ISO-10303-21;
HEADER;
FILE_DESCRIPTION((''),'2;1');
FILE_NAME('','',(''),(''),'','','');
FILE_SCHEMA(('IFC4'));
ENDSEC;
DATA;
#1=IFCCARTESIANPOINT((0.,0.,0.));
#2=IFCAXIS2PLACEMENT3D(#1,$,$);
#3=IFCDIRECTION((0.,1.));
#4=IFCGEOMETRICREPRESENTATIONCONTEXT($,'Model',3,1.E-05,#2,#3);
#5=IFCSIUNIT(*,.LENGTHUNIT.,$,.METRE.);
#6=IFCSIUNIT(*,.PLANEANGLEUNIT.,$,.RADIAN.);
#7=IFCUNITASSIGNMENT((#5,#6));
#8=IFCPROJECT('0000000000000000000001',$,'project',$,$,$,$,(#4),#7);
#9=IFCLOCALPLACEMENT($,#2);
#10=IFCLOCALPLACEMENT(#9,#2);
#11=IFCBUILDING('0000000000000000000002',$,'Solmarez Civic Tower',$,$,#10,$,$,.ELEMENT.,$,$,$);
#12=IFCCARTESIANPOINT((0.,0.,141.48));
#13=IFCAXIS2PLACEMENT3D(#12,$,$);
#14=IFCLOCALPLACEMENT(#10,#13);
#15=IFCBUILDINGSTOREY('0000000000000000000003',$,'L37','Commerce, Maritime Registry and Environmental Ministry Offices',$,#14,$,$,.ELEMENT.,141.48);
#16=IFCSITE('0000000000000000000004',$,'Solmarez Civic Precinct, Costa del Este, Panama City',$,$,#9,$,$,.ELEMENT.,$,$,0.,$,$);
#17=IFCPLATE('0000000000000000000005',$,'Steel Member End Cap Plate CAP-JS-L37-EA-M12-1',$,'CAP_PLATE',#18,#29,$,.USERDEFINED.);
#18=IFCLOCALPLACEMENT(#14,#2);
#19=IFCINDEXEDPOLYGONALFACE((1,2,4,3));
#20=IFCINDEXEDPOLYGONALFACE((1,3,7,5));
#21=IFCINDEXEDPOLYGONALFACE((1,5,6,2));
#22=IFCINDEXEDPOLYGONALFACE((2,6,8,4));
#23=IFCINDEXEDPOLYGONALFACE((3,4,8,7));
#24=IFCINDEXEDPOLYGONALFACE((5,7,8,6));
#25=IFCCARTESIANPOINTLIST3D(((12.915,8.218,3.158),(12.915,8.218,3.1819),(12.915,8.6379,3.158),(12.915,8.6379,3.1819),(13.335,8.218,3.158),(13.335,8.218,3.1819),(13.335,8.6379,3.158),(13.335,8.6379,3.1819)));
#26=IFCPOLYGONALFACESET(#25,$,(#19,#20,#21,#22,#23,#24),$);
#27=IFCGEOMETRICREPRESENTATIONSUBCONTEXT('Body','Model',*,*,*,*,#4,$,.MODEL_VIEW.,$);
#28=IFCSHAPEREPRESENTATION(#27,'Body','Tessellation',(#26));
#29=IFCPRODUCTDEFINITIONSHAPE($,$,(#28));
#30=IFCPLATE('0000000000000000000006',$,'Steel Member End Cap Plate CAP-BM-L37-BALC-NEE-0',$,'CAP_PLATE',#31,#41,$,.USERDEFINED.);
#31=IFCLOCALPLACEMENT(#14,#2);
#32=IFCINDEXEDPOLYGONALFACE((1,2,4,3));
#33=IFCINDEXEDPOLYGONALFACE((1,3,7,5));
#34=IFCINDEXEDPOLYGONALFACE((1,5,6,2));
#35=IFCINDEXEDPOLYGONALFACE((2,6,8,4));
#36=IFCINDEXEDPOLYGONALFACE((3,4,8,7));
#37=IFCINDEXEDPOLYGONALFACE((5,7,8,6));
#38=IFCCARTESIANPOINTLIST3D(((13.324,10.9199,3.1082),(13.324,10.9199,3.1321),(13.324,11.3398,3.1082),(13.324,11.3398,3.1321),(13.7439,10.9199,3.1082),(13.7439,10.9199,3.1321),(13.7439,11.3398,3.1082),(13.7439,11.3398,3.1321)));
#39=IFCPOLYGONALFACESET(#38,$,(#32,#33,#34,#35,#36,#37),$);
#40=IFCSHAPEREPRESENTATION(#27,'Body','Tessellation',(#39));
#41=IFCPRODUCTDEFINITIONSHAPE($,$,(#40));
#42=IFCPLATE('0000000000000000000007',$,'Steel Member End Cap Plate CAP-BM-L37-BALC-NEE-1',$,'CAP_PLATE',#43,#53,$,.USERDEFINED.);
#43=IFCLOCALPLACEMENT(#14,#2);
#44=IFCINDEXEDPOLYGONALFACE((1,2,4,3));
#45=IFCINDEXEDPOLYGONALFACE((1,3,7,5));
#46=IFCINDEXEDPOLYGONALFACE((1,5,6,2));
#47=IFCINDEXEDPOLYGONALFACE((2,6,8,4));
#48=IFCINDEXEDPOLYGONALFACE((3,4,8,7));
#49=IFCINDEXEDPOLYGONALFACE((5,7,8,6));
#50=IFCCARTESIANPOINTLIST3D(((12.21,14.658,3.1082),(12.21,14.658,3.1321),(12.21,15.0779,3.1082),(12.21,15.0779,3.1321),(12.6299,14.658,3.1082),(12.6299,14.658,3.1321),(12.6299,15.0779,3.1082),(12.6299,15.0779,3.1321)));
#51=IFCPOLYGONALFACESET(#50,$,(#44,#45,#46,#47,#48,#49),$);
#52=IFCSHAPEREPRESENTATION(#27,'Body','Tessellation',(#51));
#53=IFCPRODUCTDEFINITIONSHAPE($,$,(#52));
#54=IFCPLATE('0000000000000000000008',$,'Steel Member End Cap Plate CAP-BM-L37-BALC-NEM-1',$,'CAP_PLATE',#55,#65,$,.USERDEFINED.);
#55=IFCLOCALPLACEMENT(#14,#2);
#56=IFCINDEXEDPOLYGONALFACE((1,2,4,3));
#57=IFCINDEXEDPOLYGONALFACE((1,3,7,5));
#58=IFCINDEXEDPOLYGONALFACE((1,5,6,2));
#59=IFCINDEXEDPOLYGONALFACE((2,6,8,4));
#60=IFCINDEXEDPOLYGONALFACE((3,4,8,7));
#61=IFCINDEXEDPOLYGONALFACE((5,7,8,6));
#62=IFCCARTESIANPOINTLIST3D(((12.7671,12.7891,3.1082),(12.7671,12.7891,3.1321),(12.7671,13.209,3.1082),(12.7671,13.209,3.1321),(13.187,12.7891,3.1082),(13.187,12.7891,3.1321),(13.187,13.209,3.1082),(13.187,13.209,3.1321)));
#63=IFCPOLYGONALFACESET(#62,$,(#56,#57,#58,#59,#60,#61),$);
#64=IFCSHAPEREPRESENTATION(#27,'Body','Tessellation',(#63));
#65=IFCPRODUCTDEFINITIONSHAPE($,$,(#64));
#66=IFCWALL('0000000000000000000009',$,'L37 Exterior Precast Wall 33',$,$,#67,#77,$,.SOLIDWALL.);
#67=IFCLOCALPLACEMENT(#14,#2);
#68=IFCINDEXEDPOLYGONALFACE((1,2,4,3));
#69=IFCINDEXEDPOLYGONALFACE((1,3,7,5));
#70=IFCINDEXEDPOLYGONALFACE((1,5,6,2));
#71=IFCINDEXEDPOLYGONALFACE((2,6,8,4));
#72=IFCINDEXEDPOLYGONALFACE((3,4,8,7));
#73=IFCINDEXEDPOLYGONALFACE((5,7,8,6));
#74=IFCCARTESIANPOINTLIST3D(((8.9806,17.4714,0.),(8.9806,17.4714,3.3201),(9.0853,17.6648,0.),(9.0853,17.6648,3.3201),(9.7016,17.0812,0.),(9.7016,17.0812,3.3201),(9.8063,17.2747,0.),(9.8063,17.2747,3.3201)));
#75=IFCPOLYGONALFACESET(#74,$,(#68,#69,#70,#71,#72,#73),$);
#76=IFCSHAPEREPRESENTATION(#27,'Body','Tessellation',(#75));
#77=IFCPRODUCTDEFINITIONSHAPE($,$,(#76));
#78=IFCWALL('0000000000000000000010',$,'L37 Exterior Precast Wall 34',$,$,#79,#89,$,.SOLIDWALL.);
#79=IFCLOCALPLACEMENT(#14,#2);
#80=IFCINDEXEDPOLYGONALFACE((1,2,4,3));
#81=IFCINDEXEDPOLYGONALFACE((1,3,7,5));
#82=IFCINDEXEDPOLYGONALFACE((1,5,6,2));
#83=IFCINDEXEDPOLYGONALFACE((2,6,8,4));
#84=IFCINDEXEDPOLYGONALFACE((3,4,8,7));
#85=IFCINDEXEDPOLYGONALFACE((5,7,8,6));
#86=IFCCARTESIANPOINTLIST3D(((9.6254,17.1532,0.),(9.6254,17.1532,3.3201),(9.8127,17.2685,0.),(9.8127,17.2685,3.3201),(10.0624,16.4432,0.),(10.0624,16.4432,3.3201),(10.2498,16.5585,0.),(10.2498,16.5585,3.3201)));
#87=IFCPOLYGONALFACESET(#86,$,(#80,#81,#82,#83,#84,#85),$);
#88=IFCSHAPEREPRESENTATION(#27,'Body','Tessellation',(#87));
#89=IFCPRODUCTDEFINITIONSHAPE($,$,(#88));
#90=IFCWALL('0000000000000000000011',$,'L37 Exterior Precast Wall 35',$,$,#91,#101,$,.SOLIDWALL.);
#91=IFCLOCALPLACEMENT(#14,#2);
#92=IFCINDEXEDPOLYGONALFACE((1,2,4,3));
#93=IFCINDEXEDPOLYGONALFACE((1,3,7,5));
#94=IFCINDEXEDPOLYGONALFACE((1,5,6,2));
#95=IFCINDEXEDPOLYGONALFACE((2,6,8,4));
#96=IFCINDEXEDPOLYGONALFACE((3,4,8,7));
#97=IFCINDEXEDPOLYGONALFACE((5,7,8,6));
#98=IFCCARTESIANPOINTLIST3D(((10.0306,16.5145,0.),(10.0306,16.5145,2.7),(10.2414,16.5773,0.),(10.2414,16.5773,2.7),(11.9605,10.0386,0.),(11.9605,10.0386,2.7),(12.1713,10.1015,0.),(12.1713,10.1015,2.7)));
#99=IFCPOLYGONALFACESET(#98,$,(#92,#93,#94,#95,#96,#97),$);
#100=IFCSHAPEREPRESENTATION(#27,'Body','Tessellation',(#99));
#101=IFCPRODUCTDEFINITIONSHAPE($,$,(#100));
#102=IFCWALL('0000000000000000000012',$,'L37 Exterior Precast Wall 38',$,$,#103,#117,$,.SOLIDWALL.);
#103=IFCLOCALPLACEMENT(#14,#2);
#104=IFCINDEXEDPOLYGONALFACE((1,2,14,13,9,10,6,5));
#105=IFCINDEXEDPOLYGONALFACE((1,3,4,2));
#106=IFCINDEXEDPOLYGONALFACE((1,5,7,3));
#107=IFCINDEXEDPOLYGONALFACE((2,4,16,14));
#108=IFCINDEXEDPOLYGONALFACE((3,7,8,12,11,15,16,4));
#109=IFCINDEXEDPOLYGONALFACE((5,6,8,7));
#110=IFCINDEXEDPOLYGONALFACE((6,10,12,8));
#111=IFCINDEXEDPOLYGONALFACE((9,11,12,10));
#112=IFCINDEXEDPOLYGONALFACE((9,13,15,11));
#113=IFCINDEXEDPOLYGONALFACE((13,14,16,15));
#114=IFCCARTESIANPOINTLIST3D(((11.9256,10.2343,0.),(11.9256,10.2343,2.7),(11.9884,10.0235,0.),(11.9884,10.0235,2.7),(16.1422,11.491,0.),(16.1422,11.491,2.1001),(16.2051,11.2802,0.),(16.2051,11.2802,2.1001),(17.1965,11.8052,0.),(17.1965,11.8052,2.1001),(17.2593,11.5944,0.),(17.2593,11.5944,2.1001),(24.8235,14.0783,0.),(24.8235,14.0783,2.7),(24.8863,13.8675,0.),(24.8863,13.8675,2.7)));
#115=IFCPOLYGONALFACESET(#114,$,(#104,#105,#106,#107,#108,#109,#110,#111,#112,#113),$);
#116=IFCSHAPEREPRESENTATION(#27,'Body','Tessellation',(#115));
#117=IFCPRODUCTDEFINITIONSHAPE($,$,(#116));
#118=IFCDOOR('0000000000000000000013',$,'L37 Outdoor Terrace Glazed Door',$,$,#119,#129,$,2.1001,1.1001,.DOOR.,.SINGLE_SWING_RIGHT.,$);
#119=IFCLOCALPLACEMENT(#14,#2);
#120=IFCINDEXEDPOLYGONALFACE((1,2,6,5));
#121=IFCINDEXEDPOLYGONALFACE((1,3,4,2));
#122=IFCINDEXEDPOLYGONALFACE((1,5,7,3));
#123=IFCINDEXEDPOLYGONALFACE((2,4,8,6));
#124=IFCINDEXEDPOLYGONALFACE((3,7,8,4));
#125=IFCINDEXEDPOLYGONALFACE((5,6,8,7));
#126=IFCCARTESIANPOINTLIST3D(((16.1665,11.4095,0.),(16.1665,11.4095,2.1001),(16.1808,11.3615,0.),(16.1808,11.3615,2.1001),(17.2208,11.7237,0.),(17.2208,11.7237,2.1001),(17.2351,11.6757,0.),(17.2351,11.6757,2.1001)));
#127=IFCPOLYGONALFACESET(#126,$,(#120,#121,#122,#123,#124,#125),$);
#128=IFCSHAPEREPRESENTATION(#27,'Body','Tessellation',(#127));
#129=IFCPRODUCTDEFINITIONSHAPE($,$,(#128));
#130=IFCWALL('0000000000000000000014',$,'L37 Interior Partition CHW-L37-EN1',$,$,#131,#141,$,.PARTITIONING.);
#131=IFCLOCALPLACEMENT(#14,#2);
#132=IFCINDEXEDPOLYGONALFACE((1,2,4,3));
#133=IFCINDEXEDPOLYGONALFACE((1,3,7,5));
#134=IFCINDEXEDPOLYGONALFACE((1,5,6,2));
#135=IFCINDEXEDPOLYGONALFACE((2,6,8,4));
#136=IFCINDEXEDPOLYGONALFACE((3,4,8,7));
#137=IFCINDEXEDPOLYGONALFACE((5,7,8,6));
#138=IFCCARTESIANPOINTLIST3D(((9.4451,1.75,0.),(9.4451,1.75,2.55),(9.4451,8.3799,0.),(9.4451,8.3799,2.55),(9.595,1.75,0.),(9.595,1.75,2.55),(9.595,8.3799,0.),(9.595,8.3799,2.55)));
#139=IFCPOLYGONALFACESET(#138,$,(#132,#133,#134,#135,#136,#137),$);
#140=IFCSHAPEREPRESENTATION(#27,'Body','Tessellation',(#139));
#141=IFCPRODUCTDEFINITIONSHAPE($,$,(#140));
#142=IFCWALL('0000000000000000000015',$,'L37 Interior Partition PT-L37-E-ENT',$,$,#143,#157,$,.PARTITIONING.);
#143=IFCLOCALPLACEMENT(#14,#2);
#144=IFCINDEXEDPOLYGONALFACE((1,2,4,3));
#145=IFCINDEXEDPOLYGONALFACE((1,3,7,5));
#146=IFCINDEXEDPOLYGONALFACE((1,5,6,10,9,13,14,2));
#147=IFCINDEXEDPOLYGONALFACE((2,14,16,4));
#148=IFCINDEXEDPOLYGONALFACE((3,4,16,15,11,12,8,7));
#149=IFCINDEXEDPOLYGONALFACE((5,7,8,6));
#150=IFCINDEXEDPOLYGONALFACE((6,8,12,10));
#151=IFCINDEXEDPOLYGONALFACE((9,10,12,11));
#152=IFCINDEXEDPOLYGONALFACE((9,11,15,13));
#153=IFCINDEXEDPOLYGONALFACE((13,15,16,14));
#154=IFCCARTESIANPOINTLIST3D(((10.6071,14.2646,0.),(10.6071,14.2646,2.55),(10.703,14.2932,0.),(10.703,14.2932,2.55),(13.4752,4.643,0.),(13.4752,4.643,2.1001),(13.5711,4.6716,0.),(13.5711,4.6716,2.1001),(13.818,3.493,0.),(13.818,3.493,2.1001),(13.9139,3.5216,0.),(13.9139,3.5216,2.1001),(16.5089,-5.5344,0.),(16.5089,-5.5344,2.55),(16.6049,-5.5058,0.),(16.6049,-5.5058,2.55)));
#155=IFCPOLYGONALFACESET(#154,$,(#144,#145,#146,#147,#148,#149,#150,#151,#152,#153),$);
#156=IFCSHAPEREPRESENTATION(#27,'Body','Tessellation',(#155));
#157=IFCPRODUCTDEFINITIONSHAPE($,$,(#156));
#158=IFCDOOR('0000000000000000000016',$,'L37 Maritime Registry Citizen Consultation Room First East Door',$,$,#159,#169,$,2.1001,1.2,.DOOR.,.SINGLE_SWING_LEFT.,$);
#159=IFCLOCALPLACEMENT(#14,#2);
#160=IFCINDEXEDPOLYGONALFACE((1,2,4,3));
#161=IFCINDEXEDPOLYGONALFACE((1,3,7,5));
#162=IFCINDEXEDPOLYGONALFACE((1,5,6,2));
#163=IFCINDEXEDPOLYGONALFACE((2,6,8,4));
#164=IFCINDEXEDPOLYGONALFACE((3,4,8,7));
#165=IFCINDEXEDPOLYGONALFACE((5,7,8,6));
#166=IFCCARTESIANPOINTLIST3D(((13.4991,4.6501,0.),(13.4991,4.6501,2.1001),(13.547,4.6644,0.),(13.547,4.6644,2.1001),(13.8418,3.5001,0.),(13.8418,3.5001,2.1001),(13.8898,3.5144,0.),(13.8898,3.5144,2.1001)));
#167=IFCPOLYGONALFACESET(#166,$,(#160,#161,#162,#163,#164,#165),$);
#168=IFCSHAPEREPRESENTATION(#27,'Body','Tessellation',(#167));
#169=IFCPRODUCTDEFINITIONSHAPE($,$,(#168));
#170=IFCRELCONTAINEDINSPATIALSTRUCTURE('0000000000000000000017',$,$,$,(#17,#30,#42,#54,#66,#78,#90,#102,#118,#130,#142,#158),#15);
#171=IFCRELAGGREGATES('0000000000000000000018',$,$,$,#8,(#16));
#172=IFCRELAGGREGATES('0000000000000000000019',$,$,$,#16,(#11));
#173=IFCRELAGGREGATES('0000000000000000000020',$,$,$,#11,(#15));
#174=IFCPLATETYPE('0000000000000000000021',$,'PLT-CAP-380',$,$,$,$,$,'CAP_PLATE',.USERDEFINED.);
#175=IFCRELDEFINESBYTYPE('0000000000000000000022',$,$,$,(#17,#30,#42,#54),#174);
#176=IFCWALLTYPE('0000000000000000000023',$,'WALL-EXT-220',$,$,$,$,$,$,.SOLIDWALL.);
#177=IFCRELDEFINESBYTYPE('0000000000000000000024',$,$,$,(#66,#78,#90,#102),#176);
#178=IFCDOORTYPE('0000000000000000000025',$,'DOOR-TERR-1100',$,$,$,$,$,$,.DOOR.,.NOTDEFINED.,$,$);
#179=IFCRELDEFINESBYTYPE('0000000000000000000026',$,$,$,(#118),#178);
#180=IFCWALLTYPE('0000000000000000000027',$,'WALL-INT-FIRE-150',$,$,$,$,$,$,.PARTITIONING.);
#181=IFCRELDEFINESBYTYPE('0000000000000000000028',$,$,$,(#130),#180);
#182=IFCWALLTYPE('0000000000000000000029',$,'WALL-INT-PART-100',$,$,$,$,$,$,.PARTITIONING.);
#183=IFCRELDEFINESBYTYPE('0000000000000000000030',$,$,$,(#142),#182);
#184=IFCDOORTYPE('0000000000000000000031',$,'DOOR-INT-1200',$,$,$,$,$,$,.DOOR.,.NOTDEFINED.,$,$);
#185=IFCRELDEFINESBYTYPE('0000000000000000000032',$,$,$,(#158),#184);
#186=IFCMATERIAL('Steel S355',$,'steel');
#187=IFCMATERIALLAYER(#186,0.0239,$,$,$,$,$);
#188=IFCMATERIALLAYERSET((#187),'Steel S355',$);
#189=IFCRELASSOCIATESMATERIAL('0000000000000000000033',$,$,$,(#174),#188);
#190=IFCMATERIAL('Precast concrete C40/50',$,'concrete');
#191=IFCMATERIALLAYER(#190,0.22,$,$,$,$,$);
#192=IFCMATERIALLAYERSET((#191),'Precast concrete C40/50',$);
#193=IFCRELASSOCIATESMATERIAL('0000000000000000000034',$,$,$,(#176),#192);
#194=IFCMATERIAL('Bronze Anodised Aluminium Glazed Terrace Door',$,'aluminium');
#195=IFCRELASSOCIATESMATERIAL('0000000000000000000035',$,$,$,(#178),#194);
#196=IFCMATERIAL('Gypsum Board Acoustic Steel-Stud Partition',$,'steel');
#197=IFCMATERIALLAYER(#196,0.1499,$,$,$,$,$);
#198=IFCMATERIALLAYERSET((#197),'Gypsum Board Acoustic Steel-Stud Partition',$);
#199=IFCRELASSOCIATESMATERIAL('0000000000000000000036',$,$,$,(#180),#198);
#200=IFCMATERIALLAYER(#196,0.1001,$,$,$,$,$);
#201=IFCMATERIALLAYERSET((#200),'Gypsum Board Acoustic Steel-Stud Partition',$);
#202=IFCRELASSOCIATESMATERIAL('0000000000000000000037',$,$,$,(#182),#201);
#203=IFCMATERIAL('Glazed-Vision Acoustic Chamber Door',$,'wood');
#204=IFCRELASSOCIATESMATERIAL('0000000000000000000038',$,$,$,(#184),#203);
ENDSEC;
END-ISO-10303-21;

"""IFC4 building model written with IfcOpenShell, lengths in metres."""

from ifc_helpers import new_model, si_unit, direction, frame, frame_2d, origin, origin_2d, place, context, subcontext, project, spatial, rectangle, extrude, material, layer, layer_set, type_object, element, fill, save


model = new_model("IFC4")

# Units and contexts
model_context = context("Model", 3, precision=1e-05, world=origin(), true_north=direction((0.0, 1.0)))
body_context = subcontext(model_context, "Body", "Model", "MODEL_VIEW")
ifc_project = project(units=[si_unit("LENGTHUNIT", "METRE"), si_unit("PLANEANGLEUNIT", "RADIAN")], contexts=[model_context])

# Site, building, storey
site_placement = place(None, origin())
site = spatial("IfcSite", under=ifc_project, at=site_placement, Name="Solmarez Civic Precinct, Costa del Este, Panama City", CompositionType="ELEMENT", RefElevation=0.0)
building_placement = place(site_placement, origin())
building = spatial("IfcBuilding", under=site, at=building_placement, Name="Solmarez Civic Tower", CompositionType="ELEMENT")
storey_placement = place(building_placement, frame((0.0, 0.0, 141.48)))
storey = spatial("IfcBuildingStorey", under=building, at=storey_placement, Name="L37", Description="Commerce, Maritime Registry and Environmental Ministry Offices", CompositionType="ELEMENT", Elevation=141.48)

# Shared definitions
ifc_material_1 = material(Name="Steel S355", Category="steel")

# Plates
ifc_layer_1 = layer(ifc_material_1, 0.0239)
ifc_layer_set_1 = layer_set([ifc_layer_1], Name="Steel S355")
plate_type = type_object("IfcPlateType", Name="PLT-CAP-380", ElementType="CAP_PLATE", PredefinedType="USERDEFINED", material=ifc_layer_set_1)
for number, where, z_axis, x_axis, name in (
    (1, (13.125, 8.428, 3.158), (0.0, 0.0, 1.0), (1.0, 0.0, 0.0), "Steel Member End Cap Plate CAP-JS-L37-EA-M12-1"),
    (2, (13.5339, 11.1299, 3.1082), (0.0, 0.0, 1.0), (1.0, 0.0, 0.0), "Steel Member End Cap Plate CAP-BM-L37-BALC-NEE-0"),
    (3, (12.4199, 14.8679, 3.1082), (0.0, 0.0, 1.0), (1.0, 0.0, 0.0), "Steel Member End Cap Plate CAP-BM-L37-BALC-NEE-1"),
    (4, (12.9771, 12.999, 3.1082), (0.0, 0.0, 1.0), (1.0, 0.0, 0.0), "Steel Member End Cap Plate CAP-BM-L37-BALC-NEM-1"),
):
    element("IfcPlate", number, at=place(storey_placement, frame(where, z_axis=z_axis, x_axis=x_axis)), inside=storey, type_object=plate_type, Name=name, ObjectType="CAP_PLATE", PredefinedType="USERDEFINED", context=body_context, shape_type="SweptSolid", body=[
        extrude(rectangle(XDim=0.4199, YDim=0.4199, at=origin_2d()), origin(), (0.0, 0.0, 1.0), 0.0239),
    ])

# Walls
ifc_material_2 = material(Name="Precast concrete C40/50", Category="concrete")
ifc_layer_2 = layer(ifc_material_2, 0.22)
ifc_layer_set_2 = layer_set([ifc_layer_2], Name="Precast concrete C40/50")
wall_type_1 = type_object("IfcWallType", Name="WALL-EXT-220", PredefinedType="SOLIDWALL", material=ifc_layer_set_2)
wall_1_placement = place(storey_placement, frame((9.033, 17.5681, 0.0), z_axis=(0.0, 0.0, 1.0), x_axis=(0.879484, -0.475928, 0.0)))
element("IfcWall", 5, at=wall_1_placement, inside=storey, type_object=wall_type_1, Name="L37 Exterior Precast Wall 33", PredefinedType="SOLIDWALL", context=body_context, shape_type="SweptSolid", body=[
    extrude(rectangle(XDim=0.8198, YDim=0.22, at=frame_2d((0.4099, 0.0))), origin(), (0.0, 0.0, 1.0), 3.3201),
])
wall_2_placement = place(storey_placement, frame((9.719, 17.2109, 0.0), z_axis=(0.0, 0.0, 1.0), x_axis=(0.524195, -0.851598, 0.0)))
element("IfcWall", 6, at=wall_2_placement, inside=storey, type_object=wall_type_1, Name="L37 Exterior Precast Wall 34", PredefinedType="SOLIDWALL", context=body_context, shape_type="SweptSolid", body=[
    extrude(rectangle(XDim=0.8337, YDim=0.22, at=frame_2d((0.417, 0.0))), origin(), (0.0, 0.0, 1.0), 3.3201),
])
wall_3_placement = place(storey_placement, frame((10.136, 16.5459, 0.0), z_axis=(0.0, 0.0, 1.0), x_axis=(0.285607, -0.958347, 0.0)))
element("IfcWall", 7, at=wall_3_placement, inside=storey, type_object=wall_type_1, Name="L37 Exterior Precast Wall 35", PredefinedType="SOLIDWALL", context=body_context, shape_type="SweptSolid", body=[
    extrude(rectangle(XDim=6.7573, YDim=0.22, at=frame_2d((3.3787, 0.0))), origin(), (0.0, 0.0, 1.0), 2.7),
])

# Wall, opening, door
wall_4_placement = place(storey_placement, frame((11.957, 10.1289, 0.0), z_axis=(0.0, 0.0, 1.0), x_axis=(0.958344, 0.285617, 0.0)))
wall_4 = element("IfcWall", 8, at=wall_4_placement, inside=storey, type_object=wall_type_1, Name="L37 Exterior Precast Wall 38", PredefinedType="SOLIDWALL", context=body_context, shape_type="SweptSolid", body=[
    extrude(rectangle(XDim=13.4585, YDim=0.22, at=frame_2d((6.7292, 0.0))), origin(), (0.0, 0.0, 1.0), 2.7),
])
opening_1_placement = place(wall_4_placement, frame((4.3999, 0.0, 0.0)))
opening_1 = element("IfcOpeningElement", 9, at=opening_1_placement, cuts=wall_4, PredefinedType="OPENING", context=body_context, shape_type="SweptSolid", body=[
    extrude(rectangle(XDim=1.1001, YDim=2.1001, at=frame_2d((0.55, 1.05))), frame((0.0, 0.1199, 0.0), z_axis=(0.0, -1.0, 0.0), x_axis=(1.0, 0.0, 0.0)), (0.0, 0.0, 1.0), 0.24),
])
ifc_material_3 = material(Name="Bronze Anodised Aluminium Glazed Terrace Door", Category="aluminium")
door_type_1 = type_object("IfcDoorType", Name="DOOR-TERR-1100", OperationType="NOTDEFINED", PredefinedType="DOOR", material=ifc_material_3)
door_1_placement = place(opening_1_placement, origin())
door_1 = element("IfcDoor", 10, at=door_1_placement, inside=storey, type_object=door_type_1, Name="L37 Outdoor Terrace Glazed Door", OperationType="SINGLE_SWING_RIGHT", OverallHeight=2.1001, OverallWidth=1.1001, PredefinedType="DOOR", context=body_context, shape_type="SweptSolid", body=[
    extrude(rectangle(XDim=1.1001, YDim=2.1001, at=frame_2d((0.55, 1.05))), frame((0.0, 0.0249, 0.0), z_axis=(0.0, -1.0, 0.0), x_axis=(1.0, 0.0, 0.0)), (0.0, 0.0, 1.0), 0.05),
])
fill(opening_1, door_1)

# Wall
ifc_material_4 = material(Name="Gypsum Board Acoustic Steel-Stud Partition", Category="steel")
ifc_layer_3 = layer(ifc_material_4, 0.1499)
ifc_layer_set_3 = layer_set([ifc_layer_3], Name="Gypsum Board Acoustic Steel-Stud Partition")
wall_type_2 = type_object("IfcWallType", Name="WALL-INT-FIRE-150", PredefinedType="PARTITIONING", material=ifc_layer_set_3)
wall_5_placement = place(storey_placement, frame((9.52, 1.75, 0.0), z_axis=(0.0, 0.0, 1.0), x_axis=(0.0, 1.0, 0.0)))
element("IfcWall", 11, at=wall_5_placement, inside=storey, type_object=wall_type_2, Name="L37 Interior Partition CHW-L37-EN1", PredefinedType="PARTITIONING", context=body_context, shape_type="SweptSolid", body=[
    extrude(rectangle(XDim=6.6299, YDim=0.1499, at=frame_2d((3.3149, 0.0))), origin(), (0.0, 0.0, 1.0), 2.55),
])

# Wall, opening, door
ifc_layer_4 = layer(ifc_material_4, 0.1001)
ifc_layer_set_4 = layer_set([ifc_layer_4], Name="Gypsum Board Acoustic Steel-Stud Partition")
wall_type_3 = type_object("IfcWallType", Name="WALL-INT-PART-100", PredefinedType="PARTITIONING", material=ifc_layer_set_4)
wall_6_placement = place(storey_placement, frame((10.655, 14.2791, 0.0), z_axis=(0.0, 0.0, 1.0), x_axis=(0.285666, -0.958329, 0.0)))
wall_6 = element("IfcWall", 12, at=wall_6_placement, inside=storey, type_object=wall_type_3, Name="L37 Interior Partition PT-L37-E-ENT", PredefinedType="PARTITIONING", context=body_context, shape_type="SweptSolid", body=[
    extrude(rectangle(XDim=20.6599, YDim=0.1001, at=frame_2d((10.3301, 0.0))), origin(), (0.0, 0.0, 1.0), 2.55),
])
opening_2_placement = place(wall_6_placement, frame((10.04, 0.0, 0.0)))
opening_2 = element("IfcOpeningElement", 13, at=opening_2_placement, cuts=wall_6, PredefinedType="OPENING", context=body_context, shape_type="SweptSolid", body=[
    extrude(rectangle(XDim=1.2, YDim=2.1001, at=frame_2d((0.6001, 1.05))), frame((0.0, 0.0601, 0.0), z_axis=(0.0, -1.0, 0.0), x_axis=(1.0, 0.0, 0.0)), (0.0, 0.0, 1.0), 0.1201),
])
ifc_material_5 = material(Name="Glazed-Vision Acoustic Chamber Door", Category="wood")
door_type_2 = type_object("IfcDoorType", Name="DOOR-INT-1200", OperationType="NOTDEFINED", PredefinedType="DOOR", material=ifc_material_5)
door_2_placement = place(opening_2_placement, origin())
door_2 = element("IfcDoor", 14, at=door_2_placement, inside=storey, type_object=door_type_2, Name="L37 Maritime Registry Citizen Consultation Room First East Door", OperationType="SINGLE_SWING_LEFT", OverallHeight=2.1001, OverallWidth=1.2, PredefinedType="DOOR", context=body_context, shape_type="SweptSolid", body=[
    extrude(rectangle(XDim=1.2, YDim=2.1001, at=frame_2d((0.6001, 1.05))), frame((0.0, 0.0249, 0.0), z_axis=(0.0, -1.0, 0.0), x_axis=(1.0, 0.0, 0.0)), (0.0, 0.0, 1.0), 0.05),
])
fill(opening_2, door_2)

save(model, "model.ifc")
